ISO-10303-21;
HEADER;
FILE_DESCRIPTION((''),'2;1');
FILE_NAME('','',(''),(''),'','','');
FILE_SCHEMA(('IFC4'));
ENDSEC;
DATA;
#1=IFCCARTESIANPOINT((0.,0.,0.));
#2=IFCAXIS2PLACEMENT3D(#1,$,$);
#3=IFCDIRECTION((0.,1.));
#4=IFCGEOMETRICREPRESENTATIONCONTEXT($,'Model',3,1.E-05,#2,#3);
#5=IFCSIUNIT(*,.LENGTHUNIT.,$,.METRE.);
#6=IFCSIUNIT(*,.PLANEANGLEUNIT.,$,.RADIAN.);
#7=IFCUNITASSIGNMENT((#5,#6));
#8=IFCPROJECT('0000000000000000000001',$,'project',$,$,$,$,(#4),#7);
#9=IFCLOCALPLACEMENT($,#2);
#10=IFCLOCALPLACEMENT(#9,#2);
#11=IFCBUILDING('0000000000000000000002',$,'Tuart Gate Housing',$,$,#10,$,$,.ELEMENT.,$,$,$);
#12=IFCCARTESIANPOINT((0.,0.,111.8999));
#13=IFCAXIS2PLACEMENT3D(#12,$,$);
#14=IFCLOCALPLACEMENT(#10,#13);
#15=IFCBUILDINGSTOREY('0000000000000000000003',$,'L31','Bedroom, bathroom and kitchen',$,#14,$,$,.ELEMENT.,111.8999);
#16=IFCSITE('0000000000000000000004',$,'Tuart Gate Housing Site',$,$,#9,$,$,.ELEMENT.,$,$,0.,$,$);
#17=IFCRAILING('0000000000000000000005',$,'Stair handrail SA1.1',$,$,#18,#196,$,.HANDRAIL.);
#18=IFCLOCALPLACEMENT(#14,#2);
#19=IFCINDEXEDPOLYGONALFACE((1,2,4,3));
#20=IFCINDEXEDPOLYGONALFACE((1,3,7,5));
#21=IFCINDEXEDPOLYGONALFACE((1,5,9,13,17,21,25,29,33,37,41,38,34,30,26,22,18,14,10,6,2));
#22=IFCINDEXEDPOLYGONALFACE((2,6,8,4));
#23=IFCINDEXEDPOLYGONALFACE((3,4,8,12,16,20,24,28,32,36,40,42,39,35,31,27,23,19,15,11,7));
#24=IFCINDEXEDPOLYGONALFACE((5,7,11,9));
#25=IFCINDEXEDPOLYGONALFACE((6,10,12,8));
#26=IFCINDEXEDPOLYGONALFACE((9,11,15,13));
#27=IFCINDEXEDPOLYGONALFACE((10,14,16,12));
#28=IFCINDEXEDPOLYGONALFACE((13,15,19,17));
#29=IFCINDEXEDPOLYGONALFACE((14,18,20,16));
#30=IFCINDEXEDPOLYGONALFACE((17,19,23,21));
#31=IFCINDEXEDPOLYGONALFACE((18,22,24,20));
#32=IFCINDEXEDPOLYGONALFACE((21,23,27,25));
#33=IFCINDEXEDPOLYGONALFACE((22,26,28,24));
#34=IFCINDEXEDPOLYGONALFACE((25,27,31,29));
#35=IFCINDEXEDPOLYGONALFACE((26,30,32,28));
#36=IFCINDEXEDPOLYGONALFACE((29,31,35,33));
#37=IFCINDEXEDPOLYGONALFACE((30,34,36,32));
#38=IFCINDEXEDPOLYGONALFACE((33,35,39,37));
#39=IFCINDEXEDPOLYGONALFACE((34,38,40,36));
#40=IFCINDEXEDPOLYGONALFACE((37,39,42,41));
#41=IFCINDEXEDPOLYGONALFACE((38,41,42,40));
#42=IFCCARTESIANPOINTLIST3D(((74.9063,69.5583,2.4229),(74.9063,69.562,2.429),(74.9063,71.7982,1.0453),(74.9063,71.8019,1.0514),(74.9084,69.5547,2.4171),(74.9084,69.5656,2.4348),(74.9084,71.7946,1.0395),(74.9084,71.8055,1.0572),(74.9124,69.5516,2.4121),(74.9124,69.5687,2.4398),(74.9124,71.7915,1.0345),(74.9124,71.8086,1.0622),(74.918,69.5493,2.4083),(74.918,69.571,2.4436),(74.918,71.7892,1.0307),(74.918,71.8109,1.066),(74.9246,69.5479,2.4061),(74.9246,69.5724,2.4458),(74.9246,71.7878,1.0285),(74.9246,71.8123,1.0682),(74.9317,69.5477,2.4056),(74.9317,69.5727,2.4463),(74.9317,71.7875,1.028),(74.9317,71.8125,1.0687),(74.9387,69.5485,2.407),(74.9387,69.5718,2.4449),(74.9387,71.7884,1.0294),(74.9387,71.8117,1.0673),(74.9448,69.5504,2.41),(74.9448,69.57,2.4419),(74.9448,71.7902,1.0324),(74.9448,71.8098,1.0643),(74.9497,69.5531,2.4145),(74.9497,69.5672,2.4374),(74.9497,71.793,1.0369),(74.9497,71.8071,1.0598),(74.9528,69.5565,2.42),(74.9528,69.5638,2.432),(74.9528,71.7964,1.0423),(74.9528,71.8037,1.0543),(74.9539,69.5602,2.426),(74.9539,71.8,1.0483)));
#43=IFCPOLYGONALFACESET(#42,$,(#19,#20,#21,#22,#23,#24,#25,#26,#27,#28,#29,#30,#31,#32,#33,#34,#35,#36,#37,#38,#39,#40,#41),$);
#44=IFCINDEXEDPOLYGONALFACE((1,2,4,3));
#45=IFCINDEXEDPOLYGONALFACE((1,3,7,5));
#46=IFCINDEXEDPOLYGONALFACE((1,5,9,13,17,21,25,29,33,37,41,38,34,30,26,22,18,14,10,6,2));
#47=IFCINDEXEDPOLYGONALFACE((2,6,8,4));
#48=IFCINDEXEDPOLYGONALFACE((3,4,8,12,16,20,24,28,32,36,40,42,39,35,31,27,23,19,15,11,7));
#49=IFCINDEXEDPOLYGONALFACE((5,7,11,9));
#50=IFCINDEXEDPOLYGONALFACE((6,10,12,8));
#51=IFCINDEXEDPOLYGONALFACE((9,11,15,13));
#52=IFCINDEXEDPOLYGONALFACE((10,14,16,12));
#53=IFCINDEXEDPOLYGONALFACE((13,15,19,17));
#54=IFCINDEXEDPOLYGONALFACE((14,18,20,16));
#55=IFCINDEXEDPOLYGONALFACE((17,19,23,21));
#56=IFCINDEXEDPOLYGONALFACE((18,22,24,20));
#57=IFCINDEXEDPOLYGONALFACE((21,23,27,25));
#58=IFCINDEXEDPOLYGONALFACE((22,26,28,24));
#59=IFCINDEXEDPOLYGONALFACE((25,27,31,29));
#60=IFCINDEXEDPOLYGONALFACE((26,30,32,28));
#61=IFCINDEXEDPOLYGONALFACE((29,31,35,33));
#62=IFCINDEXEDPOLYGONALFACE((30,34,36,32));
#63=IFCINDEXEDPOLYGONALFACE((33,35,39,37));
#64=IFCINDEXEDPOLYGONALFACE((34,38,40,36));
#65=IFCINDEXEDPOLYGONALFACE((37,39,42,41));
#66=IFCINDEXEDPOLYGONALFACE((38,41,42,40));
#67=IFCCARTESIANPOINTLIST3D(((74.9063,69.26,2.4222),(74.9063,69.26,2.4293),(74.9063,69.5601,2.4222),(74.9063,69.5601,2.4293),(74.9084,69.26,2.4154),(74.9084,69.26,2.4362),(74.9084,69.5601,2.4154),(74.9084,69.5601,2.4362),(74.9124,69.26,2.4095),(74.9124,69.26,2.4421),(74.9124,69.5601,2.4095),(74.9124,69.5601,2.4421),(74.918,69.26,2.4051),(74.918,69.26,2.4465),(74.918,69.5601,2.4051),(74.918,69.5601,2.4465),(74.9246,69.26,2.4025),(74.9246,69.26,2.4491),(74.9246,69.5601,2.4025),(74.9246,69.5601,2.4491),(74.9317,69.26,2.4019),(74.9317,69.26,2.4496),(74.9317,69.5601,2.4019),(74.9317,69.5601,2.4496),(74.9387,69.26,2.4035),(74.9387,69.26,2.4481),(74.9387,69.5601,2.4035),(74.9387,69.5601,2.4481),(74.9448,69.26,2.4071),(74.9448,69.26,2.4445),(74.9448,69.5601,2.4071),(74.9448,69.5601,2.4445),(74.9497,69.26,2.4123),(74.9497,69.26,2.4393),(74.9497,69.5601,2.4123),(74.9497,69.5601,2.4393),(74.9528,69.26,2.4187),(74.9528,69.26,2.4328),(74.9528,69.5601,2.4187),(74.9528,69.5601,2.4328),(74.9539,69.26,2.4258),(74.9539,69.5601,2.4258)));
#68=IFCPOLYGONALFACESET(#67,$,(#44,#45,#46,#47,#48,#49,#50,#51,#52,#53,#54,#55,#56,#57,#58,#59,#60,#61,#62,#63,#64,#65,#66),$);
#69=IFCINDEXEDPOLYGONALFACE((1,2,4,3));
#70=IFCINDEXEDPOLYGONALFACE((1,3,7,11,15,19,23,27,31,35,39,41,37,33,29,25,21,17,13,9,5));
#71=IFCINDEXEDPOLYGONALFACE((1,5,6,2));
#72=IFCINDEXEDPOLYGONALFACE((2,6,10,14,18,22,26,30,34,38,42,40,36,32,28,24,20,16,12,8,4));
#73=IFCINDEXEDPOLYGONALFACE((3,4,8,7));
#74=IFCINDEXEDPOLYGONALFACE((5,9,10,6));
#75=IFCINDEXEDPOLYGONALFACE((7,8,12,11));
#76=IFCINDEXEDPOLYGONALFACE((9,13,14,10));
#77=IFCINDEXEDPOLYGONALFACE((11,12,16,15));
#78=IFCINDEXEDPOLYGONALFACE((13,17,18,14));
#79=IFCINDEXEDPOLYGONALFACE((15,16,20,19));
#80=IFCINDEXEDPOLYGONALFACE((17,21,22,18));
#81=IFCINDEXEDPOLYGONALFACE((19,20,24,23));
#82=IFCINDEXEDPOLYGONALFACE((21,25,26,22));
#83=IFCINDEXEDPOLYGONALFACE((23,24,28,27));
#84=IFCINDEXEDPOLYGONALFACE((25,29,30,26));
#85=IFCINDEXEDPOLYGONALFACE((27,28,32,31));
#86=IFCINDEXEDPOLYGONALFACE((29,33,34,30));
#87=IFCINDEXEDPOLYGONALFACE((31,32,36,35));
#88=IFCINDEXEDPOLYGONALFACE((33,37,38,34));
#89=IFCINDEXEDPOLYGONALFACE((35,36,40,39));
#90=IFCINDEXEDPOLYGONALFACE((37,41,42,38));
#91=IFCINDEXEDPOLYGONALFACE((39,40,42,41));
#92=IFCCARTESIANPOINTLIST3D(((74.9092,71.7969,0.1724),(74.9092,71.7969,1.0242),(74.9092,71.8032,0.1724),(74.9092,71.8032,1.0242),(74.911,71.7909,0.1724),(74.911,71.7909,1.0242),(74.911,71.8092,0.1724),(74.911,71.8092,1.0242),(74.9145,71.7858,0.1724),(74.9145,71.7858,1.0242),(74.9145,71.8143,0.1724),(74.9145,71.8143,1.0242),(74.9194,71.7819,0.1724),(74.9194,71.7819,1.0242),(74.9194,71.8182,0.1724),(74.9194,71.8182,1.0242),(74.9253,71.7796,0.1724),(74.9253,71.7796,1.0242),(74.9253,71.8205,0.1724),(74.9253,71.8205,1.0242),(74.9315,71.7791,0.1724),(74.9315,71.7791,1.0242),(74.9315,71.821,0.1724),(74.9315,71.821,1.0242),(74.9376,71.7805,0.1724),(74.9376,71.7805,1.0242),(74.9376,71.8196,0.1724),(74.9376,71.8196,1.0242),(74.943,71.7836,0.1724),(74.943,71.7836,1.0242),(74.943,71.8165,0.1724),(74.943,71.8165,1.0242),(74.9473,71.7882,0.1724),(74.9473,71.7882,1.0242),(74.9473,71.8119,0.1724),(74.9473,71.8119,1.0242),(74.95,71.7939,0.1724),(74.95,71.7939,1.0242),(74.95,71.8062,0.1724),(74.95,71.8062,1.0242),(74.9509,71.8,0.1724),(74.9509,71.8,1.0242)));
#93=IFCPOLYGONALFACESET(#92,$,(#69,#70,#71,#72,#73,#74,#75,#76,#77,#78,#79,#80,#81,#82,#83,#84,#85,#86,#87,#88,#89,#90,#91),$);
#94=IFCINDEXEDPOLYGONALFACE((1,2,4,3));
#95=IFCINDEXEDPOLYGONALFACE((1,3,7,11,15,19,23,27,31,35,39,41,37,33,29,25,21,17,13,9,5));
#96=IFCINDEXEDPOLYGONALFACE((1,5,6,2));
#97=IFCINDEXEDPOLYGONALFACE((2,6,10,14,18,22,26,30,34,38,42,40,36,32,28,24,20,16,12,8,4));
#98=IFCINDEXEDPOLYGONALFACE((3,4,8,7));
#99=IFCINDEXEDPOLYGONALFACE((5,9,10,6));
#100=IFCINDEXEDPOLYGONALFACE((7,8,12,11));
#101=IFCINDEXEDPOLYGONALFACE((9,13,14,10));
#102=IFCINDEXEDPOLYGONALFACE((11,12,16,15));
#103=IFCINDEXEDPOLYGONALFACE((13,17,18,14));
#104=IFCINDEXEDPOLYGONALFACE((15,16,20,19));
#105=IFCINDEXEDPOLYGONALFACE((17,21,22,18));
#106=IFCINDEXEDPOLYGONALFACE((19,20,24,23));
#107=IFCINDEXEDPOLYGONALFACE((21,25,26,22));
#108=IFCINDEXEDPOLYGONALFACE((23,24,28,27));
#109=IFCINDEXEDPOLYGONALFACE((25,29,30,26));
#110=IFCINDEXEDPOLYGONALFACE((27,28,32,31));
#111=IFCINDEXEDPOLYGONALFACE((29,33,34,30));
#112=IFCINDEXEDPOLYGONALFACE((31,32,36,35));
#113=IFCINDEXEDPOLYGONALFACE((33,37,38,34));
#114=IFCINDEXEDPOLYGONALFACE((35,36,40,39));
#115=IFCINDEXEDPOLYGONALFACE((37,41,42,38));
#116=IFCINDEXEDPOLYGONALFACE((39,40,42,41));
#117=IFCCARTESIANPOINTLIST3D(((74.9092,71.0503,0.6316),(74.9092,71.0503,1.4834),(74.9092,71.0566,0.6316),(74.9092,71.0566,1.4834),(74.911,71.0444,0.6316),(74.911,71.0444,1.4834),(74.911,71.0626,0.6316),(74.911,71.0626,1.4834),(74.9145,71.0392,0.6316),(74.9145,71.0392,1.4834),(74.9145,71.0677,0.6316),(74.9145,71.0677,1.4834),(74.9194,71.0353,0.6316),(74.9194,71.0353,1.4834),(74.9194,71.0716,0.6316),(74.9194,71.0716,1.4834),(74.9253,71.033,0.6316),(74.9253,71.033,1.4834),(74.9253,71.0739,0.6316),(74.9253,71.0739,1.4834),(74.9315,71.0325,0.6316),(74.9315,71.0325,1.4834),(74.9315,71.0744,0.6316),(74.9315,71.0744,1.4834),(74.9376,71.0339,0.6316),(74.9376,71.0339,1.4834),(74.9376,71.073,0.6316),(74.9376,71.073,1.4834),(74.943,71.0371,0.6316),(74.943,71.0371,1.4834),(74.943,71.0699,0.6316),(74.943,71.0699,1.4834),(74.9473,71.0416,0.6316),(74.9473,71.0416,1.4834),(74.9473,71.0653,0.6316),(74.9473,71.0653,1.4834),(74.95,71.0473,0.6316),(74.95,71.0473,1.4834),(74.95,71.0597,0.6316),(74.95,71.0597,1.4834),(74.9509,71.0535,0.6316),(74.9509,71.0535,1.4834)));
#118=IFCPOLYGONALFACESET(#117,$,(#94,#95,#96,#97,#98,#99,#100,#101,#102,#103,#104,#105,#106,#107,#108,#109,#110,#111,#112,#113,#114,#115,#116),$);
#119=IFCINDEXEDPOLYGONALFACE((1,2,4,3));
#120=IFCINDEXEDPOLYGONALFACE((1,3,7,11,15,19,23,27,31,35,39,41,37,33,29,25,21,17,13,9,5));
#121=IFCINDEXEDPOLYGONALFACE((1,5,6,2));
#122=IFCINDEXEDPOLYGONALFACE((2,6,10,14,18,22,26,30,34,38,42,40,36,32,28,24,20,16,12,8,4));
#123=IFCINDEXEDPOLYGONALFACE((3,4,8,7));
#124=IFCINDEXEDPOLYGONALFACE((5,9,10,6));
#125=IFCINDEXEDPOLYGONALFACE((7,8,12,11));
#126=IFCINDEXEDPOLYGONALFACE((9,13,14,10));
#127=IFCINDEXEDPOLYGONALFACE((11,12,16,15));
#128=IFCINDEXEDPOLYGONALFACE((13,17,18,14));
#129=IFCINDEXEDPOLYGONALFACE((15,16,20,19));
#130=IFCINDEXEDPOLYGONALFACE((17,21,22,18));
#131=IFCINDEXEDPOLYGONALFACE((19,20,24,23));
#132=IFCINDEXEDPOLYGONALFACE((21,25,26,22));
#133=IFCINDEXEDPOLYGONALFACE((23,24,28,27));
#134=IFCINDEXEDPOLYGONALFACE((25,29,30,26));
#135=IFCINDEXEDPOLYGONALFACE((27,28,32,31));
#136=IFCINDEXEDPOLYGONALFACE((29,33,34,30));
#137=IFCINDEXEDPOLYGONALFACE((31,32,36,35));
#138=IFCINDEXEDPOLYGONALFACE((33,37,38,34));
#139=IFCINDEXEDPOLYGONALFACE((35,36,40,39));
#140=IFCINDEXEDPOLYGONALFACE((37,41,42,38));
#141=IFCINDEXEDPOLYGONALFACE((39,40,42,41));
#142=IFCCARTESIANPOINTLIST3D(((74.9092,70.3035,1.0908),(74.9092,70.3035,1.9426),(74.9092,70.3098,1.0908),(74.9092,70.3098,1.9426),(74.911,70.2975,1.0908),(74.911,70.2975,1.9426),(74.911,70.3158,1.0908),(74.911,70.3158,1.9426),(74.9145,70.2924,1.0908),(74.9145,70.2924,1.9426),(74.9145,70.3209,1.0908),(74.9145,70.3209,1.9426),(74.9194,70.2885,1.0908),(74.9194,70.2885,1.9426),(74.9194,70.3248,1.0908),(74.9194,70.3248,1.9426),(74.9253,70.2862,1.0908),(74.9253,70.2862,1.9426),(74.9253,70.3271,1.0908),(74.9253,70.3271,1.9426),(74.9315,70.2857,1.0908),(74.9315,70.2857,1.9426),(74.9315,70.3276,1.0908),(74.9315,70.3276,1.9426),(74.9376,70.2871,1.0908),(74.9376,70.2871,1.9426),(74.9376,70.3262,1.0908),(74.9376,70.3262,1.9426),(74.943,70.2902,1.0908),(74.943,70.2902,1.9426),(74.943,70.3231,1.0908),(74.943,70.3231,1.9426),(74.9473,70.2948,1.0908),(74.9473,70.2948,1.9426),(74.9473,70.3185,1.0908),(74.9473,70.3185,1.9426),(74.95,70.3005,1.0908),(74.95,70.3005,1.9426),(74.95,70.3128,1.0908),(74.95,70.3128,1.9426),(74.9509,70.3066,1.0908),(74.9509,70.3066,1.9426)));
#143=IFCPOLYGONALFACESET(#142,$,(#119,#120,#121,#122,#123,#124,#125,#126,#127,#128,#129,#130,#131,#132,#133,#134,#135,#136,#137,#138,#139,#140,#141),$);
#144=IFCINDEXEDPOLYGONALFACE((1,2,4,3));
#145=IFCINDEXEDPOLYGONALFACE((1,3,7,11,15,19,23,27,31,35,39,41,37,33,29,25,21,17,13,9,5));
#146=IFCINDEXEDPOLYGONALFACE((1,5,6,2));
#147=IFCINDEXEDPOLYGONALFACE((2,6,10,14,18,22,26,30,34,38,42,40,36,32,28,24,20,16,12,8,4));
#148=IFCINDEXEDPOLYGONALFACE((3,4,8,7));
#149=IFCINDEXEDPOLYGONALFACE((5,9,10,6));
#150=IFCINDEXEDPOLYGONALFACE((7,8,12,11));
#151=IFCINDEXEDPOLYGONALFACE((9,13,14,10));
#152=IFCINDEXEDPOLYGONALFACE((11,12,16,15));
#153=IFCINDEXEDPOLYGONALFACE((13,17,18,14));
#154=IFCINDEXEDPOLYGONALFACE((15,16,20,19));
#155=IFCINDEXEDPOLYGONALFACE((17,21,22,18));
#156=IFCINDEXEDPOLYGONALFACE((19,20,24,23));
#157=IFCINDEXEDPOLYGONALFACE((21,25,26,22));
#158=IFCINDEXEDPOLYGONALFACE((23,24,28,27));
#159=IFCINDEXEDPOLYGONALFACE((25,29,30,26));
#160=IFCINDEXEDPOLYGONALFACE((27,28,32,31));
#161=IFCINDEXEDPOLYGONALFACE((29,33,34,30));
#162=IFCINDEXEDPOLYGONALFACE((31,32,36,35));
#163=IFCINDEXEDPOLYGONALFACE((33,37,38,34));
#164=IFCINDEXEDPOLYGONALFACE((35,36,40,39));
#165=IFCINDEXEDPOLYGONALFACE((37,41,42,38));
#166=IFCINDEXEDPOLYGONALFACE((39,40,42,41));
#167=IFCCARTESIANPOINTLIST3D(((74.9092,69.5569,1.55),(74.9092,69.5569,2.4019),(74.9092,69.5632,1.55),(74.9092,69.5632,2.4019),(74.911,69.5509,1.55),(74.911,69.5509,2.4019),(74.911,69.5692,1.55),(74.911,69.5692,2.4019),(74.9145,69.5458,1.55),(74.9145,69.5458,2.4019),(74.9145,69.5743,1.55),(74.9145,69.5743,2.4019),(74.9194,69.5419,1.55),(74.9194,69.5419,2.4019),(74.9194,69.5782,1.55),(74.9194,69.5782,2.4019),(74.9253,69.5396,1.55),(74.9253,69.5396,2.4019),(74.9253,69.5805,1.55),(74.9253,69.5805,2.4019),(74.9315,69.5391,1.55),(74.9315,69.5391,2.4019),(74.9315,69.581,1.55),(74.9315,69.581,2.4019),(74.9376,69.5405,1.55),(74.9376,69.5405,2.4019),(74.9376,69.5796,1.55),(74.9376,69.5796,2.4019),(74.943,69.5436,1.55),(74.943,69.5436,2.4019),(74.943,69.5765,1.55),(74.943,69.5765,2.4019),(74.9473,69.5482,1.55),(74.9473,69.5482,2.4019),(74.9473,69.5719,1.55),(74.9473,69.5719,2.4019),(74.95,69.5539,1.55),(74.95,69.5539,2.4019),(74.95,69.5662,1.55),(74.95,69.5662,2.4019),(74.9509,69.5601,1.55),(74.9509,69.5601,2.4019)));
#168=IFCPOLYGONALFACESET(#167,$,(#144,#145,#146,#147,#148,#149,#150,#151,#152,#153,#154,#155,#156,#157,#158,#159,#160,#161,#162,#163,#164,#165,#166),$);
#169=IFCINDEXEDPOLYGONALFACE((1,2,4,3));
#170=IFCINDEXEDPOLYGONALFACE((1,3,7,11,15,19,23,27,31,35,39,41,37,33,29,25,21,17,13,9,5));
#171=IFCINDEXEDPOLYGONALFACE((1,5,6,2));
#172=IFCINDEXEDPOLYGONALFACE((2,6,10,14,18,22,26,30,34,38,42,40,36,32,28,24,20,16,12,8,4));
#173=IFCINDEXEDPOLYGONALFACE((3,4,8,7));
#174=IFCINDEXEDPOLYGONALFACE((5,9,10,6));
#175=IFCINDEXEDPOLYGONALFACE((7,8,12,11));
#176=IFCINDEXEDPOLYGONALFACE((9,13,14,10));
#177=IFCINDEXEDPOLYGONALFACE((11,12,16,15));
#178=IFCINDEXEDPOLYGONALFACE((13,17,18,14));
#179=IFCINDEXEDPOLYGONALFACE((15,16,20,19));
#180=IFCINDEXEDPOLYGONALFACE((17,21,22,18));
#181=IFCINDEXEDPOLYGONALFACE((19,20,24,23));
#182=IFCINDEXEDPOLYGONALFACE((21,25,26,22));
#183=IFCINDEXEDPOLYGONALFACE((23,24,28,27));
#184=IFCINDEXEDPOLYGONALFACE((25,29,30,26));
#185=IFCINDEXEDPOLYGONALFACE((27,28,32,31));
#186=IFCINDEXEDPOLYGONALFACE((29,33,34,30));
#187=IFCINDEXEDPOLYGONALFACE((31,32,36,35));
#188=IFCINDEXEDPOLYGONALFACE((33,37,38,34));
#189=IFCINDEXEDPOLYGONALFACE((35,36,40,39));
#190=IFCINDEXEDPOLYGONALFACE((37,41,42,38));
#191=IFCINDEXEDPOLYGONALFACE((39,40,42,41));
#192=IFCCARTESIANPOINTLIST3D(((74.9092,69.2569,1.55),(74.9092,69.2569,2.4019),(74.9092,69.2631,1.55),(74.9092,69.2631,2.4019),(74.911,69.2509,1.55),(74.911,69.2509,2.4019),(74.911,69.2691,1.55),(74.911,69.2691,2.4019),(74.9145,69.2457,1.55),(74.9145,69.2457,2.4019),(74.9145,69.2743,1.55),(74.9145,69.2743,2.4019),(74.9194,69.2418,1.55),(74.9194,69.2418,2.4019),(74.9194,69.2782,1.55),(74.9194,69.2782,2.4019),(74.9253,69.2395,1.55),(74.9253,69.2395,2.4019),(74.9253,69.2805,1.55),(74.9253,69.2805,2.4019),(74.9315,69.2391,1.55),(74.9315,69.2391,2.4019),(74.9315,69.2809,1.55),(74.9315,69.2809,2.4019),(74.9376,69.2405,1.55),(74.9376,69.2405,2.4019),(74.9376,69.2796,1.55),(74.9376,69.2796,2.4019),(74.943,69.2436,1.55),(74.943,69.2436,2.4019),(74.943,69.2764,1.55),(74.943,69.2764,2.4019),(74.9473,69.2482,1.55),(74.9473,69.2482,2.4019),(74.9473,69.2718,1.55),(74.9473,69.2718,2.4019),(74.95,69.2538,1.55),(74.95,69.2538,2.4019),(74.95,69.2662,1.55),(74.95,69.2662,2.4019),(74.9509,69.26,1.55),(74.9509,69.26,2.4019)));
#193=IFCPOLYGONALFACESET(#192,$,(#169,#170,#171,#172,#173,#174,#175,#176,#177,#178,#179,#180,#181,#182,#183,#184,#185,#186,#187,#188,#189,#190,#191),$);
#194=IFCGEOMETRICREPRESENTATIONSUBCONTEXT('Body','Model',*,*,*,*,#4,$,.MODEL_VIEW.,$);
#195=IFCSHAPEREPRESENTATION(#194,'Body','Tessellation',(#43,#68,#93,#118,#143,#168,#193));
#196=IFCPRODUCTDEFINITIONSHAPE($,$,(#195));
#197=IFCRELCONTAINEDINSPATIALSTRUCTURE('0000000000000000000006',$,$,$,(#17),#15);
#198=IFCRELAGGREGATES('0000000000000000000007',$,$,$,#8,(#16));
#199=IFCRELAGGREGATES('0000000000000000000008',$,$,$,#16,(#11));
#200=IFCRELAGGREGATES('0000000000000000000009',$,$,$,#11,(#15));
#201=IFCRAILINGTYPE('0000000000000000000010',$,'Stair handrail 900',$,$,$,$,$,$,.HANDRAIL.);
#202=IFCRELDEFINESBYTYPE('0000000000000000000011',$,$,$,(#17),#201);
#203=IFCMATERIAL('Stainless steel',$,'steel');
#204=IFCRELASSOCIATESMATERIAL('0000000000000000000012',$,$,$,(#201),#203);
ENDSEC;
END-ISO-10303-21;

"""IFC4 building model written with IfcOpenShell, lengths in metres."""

from ifc_helpers import new_model, si_unit, direction, frame, origin, origin_2d, place, context, subcontext, project, spatial, circle, extrude, material, type_object, element, save


model = new_model("IFC4")

# Units and contexts
model_context = context("Model", 3, precision=1e-05, world=origin(), true_north=direction((0.0, 1.0)))
body_context = subcontext(model_context, "Body", "Model", "MODEL_VIEW")
ifc_project = project(units=[si_unit("LENGTHUNIT", "METRE"), si_unit("PLANEANGLEUNIT", "RADIAN")], contexts=[model_context])

# Site, building, storey
site_placement = place(None, origin())
site = spatial("IfcSite", under=ifc_project, at=site_placement, Name="Tuart Gate Housing Site", CompositionType="ELEMENT", RefElevation=0.0)
building_placement = place(site_placement, origin())
building = spatial("IfcBuilding", under=site, at=building_placement, Name="Tuart Gate Housing", CompositionType="ELEMENT")
storey_placement = place(building_placement, frame((0.0, 0.0, 111.8999)))
storey = spatial("IfcBuildingStorey", under=building, at=storey_placement, Name="L31", Description="Bedroom, bathroom and kitchen", CompositionType="ELEMENT", Elevation=111.8999)

# Railing
ifc_material_1 = material(Name="Stainless steel", Category="steel")
railing_type = type_object("IfcRailingType", Name="Stair handrail 900", PredefinedType="HANDRAIL", material=ifc_material_1)
railing_placement = place(storey_placement, frame((74.9299, 71.8, 0.1724)))
element("IfcRailing", 1, at=railing_placement, inside=storey, type_object=railing_type, Name="Stair handrail SA1.1", PredefinedType="HANDRAIL", context=body_context, shape_type="SweptSolid", body=[
    extrude(circle(Radius=0.0239, at=origin_2d()), frame((0.0, 0.0, 0.876), z_axis=(0.0, -0.851789, 0.523885), x_axis=(1.0, 0.0, 0.0)), (0.0, 0.0, 1.0), 2.6296),
    extrude(circle(Radius=0.0239, at=origin_2d()), frame((0.0, -2.24, 2.2534), z_axis=(0.0, -1.0, 0.0), x_axis=(1.0, 0.0, 0.0)), (0.0, 0.0, 1.0), 0.3),
    extrude(circle(Radius=0.021, at=origin_2d()), origin(), (0.0, 0.0, 1.0), 0.8518),
    extrude(circle(Radius=0.021, at=origin_2d()), frame((0.0, -0.7466, 0.4592)), (0.0, 0.0, 1.0), 0.8518),
    extrude(circle(Radius=0.021, at=origin_2d()), frame((0.0, -1.4934, 0.9185)), (0.0, 0.0, 1.0), 0.8518),
    extrude(circle(Radius=0.021, at=origin_2d()), frame((0.0, -2.24, 1.3777)), (0.0, 0.0, 1.0), 0.8518),
    extrude(circle(Radius=0.021, at=origin_2d()), frame((0.0, -2.54, 1.3777)), (0.0, 0.0, 1.0), 0.8518),
])

save(model, "model.ifc")
